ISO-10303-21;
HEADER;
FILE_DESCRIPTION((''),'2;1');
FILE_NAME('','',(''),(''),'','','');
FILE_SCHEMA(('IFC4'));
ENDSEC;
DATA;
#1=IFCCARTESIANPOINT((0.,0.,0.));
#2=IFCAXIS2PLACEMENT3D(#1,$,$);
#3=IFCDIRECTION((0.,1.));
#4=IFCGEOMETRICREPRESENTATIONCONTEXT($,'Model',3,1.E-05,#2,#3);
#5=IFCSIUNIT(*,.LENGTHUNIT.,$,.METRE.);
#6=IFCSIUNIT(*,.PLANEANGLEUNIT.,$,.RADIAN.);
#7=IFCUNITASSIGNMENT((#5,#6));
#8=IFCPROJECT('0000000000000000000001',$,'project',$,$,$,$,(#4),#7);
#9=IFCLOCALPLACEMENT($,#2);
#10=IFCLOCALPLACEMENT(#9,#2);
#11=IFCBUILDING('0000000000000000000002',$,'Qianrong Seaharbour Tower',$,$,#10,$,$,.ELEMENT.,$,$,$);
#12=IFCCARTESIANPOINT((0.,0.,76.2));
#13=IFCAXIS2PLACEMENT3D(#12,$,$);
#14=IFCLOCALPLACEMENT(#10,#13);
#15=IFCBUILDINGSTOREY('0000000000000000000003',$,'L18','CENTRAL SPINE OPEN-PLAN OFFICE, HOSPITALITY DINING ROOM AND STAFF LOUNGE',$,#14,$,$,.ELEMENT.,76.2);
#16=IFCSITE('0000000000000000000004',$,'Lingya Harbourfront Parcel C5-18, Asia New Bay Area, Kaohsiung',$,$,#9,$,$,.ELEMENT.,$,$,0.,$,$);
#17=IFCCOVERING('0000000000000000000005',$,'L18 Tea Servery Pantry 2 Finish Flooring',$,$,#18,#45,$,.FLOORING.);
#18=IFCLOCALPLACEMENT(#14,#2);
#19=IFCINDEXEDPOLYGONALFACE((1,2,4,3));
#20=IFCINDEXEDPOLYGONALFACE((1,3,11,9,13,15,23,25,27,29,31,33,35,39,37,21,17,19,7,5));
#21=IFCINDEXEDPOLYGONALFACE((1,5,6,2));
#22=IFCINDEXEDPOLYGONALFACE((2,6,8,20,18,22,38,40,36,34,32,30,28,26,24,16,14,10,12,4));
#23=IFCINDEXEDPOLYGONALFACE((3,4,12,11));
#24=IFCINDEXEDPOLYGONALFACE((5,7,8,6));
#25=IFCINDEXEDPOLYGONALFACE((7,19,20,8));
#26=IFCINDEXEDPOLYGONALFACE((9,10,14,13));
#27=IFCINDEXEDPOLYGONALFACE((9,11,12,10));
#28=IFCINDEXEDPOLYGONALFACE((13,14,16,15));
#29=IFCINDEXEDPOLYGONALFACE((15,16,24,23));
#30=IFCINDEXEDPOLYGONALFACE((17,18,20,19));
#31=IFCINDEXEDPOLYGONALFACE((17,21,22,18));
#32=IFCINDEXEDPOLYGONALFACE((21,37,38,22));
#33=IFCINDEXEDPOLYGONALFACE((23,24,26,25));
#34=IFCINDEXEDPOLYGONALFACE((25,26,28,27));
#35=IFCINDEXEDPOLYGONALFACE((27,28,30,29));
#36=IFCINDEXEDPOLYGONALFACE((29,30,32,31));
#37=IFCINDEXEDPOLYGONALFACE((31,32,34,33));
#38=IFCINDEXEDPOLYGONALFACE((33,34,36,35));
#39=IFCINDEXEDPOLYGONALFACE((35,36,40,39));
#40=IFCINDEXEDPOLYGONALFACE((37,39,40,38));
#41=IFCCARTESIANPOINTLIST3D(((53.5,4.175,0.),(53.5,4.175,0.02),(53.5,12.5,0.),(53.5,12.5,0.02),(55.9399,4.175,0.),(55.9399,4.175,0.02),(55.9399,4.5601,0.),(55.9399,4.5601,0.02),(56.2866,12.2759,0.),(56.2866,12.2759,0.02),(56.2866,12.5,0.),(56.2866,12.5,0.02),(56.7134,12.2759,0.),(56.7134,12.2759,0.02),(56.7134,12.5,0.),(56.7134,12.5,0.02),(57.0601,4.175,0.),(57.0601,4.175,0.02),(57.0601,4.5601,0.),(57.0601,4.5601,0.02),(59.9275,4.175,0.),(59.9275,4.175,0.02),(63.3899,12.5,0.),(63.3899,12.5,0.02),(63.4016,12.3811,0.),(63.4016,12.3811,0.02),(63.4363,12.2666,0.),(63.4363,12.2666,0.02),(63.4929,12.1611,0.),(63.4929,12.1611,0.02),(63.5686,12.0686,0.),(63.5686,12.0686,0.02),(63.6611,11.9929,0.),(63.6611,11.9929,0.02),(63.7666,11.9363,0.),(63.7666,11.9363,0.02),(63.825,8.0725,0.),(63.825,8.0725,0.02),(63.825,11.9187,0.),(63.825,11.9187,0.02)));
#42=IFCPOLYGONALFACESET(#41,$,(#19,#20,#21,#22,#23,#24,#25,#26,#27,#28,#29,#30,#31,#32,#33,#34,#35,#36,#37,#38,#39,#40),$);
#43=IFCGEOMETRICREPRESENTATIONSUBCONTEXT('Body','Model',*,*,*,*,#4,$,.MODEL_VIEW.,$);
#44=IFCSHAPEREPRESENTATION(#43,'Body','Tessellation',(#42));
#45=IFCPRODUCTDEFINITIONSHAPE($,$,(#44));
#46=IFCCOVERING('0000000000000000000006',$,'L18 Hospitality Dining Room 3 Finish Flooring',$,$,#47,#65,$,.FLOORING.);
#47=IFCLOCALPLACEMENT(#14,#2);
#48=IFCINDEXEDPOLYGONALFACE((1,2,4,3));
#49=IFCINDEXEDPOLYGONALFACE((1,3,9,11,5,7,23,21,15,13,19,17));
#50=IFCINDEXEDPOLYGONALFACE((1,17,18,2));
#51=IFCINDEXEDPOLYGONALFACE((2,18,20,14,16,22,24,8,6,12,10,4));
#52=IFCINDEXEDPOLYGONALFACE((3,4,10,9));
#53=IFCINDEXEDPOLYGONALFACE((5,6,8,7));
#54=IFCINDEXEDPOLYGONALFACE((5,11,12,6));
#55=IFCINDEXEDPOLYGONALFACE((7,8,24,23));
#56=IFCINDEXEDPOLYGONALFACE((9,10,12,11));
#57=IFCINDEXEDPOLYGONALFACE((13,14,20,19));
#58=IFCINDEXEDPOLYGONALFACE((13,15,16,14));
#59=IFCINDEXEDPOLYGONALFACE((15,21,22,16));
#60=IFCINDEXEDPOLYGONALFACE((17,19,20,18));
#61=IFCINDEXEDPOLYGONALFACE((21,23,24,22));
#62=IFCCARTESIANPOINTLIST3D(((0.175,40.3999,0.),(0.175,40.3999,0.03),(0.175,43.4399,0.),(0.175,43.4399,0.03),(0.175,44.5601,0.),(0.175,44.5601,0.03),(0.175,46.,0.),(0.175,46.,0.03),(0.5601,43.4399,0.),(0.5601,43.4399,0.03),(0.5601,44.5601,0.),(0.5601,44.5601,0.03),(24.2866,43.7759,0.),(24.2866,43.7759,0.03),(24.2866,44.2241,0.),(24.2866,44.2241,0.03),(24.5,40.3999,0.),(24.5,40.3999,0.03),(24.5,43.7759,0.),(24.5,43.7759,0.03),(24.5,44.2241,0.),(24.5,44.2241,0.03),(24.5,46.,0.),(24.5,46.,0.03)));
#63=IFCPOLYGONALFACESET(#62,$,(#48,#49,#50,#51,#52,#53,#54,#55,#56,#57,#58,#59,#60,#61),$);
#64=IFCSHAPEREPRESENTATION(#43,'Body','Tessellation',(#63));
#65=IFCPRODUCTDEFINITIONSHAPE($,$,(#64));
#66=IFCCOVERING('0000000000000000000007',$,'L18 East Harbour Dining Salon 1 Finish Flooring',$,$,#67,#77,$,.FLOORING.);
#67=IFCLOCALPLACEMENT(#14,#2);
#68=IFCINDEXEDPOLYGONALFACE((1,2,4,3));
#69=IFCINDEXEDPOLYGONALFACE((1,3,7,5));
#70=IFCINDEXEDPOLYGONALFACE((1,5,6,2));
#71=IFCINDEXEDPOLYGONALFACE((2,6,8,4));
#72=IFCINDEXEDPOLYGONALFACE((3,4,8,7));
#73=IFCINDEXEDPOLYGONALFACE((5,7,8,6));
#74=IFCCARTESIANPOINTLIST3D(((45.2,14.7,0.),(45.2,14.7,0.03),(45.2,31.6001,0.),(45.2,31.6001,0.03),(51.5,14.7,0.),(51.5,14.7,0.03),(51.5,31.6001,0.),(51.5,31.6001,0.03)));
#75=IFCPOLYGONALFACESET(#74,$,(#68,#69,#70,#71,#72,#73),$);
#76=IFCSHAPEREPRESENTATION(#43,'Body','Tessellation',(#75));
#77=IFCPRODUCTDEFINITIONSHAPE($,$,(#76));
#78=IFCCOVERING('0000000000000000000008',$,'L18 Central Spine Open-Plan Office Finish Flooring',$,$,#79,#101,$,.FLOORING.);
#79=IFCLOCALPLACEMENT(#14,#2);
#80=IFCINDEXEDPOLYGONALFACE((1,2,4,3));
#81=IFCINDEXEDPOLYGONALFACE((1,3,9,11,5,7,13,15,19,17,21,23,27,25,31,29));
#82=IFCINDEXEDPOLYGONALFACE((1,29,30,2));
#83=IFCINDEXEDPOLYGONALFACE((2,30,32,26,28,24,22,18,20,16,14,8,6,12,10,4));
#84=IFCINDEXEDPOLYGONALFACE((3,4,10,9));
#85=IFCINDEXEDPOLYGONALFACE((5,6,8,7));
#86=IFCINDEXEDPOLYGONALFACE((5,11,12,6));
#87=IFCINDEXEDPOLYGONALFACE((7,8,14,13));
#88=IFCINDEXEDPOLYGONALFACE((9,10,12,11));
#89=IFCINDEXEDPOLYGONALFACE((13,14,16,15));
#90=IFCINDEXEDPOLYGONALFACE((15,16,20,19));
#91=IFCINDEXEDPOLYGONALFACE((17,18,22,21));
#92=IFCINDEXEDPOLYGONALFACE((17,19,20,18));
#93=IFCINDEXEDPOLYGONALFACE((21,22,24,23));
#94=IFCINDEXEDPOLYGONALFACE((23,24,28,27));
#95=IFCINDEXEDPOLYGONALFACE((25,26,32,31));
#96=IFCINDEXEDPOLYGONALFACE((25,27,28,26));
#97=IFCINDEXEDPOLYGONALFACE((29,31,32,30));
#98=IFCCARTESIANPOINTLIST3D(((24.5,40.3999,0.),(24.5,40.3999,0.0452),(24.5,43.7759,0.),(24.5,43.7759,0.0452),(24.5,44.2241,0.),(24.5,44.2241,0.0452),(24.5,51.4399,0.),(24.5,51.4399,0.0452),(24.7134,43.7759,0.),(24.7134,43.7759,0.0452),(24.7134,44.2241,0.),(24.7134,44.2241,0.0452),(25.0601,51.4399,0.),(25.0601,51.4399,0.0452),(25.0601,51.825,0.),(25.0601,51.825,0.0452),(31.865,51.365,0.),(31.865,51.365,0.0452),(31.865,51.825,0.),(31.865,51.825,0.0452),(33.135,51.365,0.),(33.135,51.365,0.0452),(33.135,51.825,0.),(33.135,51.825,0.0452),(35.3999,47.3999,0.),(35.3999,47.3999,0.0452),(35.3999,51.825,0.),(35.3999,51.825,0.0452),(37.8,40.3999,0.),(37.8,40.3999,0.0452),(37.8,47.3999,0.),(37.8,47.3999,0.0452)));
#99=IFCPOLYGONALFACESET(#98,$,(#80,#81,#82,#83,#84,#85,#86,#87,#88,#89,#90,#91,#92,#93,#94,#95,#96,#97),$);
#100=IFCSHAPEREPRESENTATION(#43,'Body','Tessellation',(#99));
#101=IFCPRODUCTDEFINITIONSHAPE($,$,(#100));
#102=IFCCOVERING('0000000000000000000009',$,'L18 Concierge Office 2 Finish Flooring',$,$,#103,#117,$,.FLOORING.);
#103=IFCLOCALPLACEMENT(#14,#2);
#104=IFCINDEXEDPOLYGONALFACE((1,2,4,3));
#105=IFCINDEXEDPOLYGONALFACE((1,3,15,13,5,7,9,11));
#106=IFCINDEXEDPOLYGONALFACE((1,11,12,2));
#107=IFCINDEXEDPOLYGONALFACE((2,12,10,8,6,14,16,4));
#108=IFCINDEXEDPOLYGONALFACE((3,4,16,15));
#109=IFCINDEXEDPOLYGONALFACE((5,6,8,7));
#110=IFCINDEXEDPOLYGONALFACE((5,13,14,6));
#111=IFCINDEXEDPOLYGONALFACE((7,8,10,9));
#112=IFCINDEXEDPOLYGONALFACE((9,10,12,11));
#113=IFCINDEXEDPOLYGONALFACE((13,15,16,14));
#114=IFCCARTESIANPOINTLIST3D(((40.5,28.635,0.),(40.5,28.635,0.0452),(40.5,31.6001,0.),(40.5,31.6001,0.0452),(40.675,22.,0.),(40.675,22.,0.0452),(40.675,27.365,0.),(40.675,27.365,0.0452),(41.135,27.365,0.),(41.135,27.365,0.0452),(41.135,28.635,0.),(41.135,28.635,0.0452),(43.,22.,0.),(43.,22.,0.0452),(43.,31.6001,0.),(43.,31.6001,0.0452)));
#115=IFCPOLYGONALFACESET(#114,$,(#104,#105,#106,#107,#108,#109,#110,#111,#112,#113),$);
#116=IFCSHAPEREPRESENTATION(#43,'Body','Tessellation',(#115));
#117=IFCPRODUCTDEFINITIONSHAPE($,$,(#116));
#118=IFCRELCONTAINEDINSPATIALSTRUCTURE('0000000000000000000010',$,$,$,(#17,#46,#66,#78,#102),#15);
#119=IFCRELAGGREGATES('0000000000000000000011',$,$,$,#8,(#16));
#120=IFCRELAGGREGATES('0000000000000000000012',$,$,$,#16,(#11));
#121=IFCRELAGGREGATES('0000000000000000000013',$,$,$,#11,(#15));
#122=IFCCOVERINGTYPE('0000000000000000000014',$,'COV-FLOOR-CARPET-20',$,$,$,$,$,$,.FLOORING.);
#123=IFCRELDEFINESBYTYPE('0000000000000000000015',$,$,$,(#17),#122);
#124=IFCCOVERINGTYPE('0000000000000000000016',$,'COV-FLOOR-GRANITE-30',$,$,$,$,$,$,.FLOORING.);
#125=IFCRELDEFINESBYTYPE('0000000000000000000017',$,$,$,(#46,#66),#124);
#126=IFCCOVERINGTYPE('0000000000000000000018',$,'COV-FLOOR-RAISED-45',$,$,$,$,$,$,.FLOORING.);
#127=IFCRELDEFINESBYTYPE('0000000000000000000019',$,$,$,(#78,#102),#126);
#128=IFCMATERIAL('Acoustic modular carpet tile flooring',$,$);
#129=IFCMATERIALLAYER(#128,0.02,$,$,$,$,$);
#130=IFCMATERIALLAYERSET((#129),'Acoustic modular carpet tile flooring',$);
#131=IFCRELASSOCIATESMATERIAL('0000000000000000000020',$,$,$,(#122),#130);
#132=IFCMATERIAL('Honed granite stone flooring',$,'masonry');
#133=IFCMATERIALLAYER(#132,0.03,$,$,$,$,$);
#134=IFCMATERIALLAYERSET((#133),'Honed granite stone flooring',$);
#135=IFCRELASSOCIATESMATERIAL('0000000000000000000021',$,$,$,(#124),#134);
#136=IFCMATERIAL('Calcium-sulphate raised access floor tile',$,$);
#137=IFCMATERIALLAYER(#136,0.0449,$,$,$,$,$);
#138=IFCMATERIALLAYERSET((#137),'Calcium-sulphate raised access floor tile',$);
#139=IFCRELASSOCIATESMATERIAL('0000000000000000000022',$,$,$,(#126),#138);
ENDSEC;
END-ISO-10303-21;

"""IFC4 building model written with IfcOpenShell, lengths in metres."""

from ifc_helpers import new_model, si_unit, direction, frame, origin, place, context, subcontext, project, spatial, polyline, outline, extrude, material, layer, layer_set, type_object, element, save


model = new_model("IFC4")

# Units and contexts
model_context = context("Model", 3, precision=1e-05, world=origin(), true_north=direction((0.0, 1.0)))
body_context = subcontext(model_context, "Body", "Model", "MODEL_VIEW")
ifc_project = project(units=[si_unit("LENGTHUNIT", "METRE"), si_unit("PLANEANGLEUNIT", "RADIAN")], contexts=[model_context])

# Site, building, storey
site_placement = place(None, origin())
site = spatial("IfcSite", under=ifc_project, at=site_placement, Name="Lingya Harbourfront Parcel C5-18, Asia New Bay Area, Kaohsiung", CompositionType="ELEMENT", RefElevation=0.0)
building_placement = place(site_placement, origin())
building = spatial("IfcBuilding", under=site, at=building_placement, Name="Qianrong Seaharbour Tower", CompositionType="ELEMENT")
storey_placement = place(building_placement, frame((0.0, 0.0, 76.2)))
storey = spatial("IfcBuildingStorey", under=building, at=storey_placement, Name="L18", Description="CENTRAL SPINE OPEN-PLAN OFFICE, HOSPITALITY DINING ROOM AND STAFF LOUNGE", CompositionType="ELEMENT", Elevation=76.2)

# Coverings
ifc_material_1 = material(Name="Acoustic modular carpet tile flooring")
ifc_layer_1 = layer(ifc_material_1, 0.02)
ifc_layer_set_1 = layer_set([ifc_layer_1], Name="Acoustic modular carpet tile flooring")
covering_type_1 = type_object("IfcCoveringType", Name="COV-FLOOR-CARPET-20", PredefinedType="FLOORING", material=ifc_layer_set_1)
covering_1_placement = place(storey_placement, origin())
element("IfcCovering", 1, at=covering_1_placement, inside=storey, type_object=covering_type_1, Name="L18 Tea Servery Pantry 2 Finish Flooring", PredefinedType="FLOORING", context=body_context, shape_type="SweptSolid", body=[
    extrude(outline(polyline([(63.825, 8.0725), (59.9275, 4.175), (57.0601, 4.175), (57.0601, 4.5601), (55.9399, 4.5601), (55.9399, 4.175), (53.5, 4.175), (53.5, 12.5), (56.2866, 12.5), (56.2866, 12.2759), (56.7134, 12.2759), (56.7134, 12.5), (63.3899, 12.5), (63.4016, 12.3811), (63.4363, 12.2666), (63.4929, 12.1611), (63.5686, 12.0686), (63.6611, 11.9929), (63.7666, 11.9363), (63.825, 11.9187), (63.825, 8.0725)])), origin(), (0.0, 0.0, 1.0), 0.02),
])
ifc_material_2 = material(Name="Honed granite stone flooring", Category="masonry")
ifc_layer_2 = layer(ifc_material_2, 0.03)
ifc_layer_set_2 = layer_set([ifc_layer_2], Name="Honed granite stone flooring")
covering_type_2 = type_object("IfcCoveringType", Name="COV-FLOOR-GRANITE-30", PredefinedType="FLOORING", material=ifc_layer_set_2)
covering_2_placement = place(storey_placement, origin())
element("IfcCovering", 2, at=covering_2_placement, inside=storey, type_object=covering_type_2, Name="L18 Hospitality Dining Room 3 Finish Flooring", PredefinedType="FLOORING", context=body_context, shape_type="SweptSolid", body=[
    extrude(outline(polyline([(0.175, 40.3999), (0.175, 43.4399), (0.5601, 43.4399), (0.5601, 44.5601), (0.175, 44.5601), (0.175, 46.0), (24.5, 46.0), (24.5, 44.2241), (24.2866, 44.2241), (24.2866, 43.7759), (24.5, 43.7759), (24.5, 40.3999), (0.175, 40.3999)])), origin(), (0.0, 0.0, 1.0), 0.03),
])
covering_3_placement = place(storey_placement, origin())
element("IfcCovering", 3, at=covering_3_placement, inside=storey, type_object=covering_type_2, Name="L18 East Harbour Dining Salon 1 Finish Flooring", PredefinedType="FLOORING", context=body_context, shape_type="SweptSolid", body=[
    extrude(outline(polyline([(51.5, 31.6001), (51.5, 14.7), (45.2, 14.7), (45.2, 31.6001), (51.5, 31.6001)])), origin(), (0.0, 0.0, 1.0), 0.03),
])
ifc_material_3 = material(Name="Calcium-sulphate raised access floor tile")
ifc_layer_3 = layer(ifc_material_3, 0.0449)
ifc_layer_set_3 = layer_set([ifc_layer_3], Name="Calcium-sulphate raised access floor tile")
covering_type_3 = type_object("IfcCoveringType", Name="COV-FLOOR-RAISED-45", PredefinedType="FLOORING", material=ifc_layer_set_3)
covering_4_placement = place(storey_placement, origin())
element("IfcCovering", 4, at=covering_4_placement, inside=storey, type_object=covering_type_3, Name="L18 Central Spine Open-Plan Office Finish Flooring", PredefinedType="FLOORING", context=body_context, shape_type="SweptSolid", body=[
    extrude(outline(polyline([(31.865, 51.825), (31.865, 51.365), (33.135, 51.365), (33.135, 51.825), (35.3999, 51.825), (35.3999, 47.3999), (37.8, 47.3999), (37.8, 40.3999), (24.5, 40.3999), (24.5, 43.7759), (24.7134, 43.7759), (24.7134, 44.2241), (24.5, 44.2241), (24.5, 51.4399), (25.0601, 51.4399), (25.0601, 51.825), (31.865, 51.825)])), origin(), (0.0, 0.0, 1.0), 0.0452),
])
covering_5_placement = place(storey_placement, origin())
element("IfcCovering", 5, at=covering_5_placement, inside=storey, type_object=covering_type_3, Name="L18 Concierge Office 2 Finish Flooring", PredefinedType="FLOORING", context=body_context, shape_type="SweptSolid", body=[
    extrude(outline(polyline([(43.0, 22.0), (40.675, 22.0), (40.675, 27.365), (41.135, 27.365), (41.135, 28.635), (40.5, 28.635), (40.5, 31.6001), (43.0, 31.6001), (43.0, 22.0)])), origin(), (0.0, 0.0, 1.0), 0.0452),
])

save(model, "model.ifc")
